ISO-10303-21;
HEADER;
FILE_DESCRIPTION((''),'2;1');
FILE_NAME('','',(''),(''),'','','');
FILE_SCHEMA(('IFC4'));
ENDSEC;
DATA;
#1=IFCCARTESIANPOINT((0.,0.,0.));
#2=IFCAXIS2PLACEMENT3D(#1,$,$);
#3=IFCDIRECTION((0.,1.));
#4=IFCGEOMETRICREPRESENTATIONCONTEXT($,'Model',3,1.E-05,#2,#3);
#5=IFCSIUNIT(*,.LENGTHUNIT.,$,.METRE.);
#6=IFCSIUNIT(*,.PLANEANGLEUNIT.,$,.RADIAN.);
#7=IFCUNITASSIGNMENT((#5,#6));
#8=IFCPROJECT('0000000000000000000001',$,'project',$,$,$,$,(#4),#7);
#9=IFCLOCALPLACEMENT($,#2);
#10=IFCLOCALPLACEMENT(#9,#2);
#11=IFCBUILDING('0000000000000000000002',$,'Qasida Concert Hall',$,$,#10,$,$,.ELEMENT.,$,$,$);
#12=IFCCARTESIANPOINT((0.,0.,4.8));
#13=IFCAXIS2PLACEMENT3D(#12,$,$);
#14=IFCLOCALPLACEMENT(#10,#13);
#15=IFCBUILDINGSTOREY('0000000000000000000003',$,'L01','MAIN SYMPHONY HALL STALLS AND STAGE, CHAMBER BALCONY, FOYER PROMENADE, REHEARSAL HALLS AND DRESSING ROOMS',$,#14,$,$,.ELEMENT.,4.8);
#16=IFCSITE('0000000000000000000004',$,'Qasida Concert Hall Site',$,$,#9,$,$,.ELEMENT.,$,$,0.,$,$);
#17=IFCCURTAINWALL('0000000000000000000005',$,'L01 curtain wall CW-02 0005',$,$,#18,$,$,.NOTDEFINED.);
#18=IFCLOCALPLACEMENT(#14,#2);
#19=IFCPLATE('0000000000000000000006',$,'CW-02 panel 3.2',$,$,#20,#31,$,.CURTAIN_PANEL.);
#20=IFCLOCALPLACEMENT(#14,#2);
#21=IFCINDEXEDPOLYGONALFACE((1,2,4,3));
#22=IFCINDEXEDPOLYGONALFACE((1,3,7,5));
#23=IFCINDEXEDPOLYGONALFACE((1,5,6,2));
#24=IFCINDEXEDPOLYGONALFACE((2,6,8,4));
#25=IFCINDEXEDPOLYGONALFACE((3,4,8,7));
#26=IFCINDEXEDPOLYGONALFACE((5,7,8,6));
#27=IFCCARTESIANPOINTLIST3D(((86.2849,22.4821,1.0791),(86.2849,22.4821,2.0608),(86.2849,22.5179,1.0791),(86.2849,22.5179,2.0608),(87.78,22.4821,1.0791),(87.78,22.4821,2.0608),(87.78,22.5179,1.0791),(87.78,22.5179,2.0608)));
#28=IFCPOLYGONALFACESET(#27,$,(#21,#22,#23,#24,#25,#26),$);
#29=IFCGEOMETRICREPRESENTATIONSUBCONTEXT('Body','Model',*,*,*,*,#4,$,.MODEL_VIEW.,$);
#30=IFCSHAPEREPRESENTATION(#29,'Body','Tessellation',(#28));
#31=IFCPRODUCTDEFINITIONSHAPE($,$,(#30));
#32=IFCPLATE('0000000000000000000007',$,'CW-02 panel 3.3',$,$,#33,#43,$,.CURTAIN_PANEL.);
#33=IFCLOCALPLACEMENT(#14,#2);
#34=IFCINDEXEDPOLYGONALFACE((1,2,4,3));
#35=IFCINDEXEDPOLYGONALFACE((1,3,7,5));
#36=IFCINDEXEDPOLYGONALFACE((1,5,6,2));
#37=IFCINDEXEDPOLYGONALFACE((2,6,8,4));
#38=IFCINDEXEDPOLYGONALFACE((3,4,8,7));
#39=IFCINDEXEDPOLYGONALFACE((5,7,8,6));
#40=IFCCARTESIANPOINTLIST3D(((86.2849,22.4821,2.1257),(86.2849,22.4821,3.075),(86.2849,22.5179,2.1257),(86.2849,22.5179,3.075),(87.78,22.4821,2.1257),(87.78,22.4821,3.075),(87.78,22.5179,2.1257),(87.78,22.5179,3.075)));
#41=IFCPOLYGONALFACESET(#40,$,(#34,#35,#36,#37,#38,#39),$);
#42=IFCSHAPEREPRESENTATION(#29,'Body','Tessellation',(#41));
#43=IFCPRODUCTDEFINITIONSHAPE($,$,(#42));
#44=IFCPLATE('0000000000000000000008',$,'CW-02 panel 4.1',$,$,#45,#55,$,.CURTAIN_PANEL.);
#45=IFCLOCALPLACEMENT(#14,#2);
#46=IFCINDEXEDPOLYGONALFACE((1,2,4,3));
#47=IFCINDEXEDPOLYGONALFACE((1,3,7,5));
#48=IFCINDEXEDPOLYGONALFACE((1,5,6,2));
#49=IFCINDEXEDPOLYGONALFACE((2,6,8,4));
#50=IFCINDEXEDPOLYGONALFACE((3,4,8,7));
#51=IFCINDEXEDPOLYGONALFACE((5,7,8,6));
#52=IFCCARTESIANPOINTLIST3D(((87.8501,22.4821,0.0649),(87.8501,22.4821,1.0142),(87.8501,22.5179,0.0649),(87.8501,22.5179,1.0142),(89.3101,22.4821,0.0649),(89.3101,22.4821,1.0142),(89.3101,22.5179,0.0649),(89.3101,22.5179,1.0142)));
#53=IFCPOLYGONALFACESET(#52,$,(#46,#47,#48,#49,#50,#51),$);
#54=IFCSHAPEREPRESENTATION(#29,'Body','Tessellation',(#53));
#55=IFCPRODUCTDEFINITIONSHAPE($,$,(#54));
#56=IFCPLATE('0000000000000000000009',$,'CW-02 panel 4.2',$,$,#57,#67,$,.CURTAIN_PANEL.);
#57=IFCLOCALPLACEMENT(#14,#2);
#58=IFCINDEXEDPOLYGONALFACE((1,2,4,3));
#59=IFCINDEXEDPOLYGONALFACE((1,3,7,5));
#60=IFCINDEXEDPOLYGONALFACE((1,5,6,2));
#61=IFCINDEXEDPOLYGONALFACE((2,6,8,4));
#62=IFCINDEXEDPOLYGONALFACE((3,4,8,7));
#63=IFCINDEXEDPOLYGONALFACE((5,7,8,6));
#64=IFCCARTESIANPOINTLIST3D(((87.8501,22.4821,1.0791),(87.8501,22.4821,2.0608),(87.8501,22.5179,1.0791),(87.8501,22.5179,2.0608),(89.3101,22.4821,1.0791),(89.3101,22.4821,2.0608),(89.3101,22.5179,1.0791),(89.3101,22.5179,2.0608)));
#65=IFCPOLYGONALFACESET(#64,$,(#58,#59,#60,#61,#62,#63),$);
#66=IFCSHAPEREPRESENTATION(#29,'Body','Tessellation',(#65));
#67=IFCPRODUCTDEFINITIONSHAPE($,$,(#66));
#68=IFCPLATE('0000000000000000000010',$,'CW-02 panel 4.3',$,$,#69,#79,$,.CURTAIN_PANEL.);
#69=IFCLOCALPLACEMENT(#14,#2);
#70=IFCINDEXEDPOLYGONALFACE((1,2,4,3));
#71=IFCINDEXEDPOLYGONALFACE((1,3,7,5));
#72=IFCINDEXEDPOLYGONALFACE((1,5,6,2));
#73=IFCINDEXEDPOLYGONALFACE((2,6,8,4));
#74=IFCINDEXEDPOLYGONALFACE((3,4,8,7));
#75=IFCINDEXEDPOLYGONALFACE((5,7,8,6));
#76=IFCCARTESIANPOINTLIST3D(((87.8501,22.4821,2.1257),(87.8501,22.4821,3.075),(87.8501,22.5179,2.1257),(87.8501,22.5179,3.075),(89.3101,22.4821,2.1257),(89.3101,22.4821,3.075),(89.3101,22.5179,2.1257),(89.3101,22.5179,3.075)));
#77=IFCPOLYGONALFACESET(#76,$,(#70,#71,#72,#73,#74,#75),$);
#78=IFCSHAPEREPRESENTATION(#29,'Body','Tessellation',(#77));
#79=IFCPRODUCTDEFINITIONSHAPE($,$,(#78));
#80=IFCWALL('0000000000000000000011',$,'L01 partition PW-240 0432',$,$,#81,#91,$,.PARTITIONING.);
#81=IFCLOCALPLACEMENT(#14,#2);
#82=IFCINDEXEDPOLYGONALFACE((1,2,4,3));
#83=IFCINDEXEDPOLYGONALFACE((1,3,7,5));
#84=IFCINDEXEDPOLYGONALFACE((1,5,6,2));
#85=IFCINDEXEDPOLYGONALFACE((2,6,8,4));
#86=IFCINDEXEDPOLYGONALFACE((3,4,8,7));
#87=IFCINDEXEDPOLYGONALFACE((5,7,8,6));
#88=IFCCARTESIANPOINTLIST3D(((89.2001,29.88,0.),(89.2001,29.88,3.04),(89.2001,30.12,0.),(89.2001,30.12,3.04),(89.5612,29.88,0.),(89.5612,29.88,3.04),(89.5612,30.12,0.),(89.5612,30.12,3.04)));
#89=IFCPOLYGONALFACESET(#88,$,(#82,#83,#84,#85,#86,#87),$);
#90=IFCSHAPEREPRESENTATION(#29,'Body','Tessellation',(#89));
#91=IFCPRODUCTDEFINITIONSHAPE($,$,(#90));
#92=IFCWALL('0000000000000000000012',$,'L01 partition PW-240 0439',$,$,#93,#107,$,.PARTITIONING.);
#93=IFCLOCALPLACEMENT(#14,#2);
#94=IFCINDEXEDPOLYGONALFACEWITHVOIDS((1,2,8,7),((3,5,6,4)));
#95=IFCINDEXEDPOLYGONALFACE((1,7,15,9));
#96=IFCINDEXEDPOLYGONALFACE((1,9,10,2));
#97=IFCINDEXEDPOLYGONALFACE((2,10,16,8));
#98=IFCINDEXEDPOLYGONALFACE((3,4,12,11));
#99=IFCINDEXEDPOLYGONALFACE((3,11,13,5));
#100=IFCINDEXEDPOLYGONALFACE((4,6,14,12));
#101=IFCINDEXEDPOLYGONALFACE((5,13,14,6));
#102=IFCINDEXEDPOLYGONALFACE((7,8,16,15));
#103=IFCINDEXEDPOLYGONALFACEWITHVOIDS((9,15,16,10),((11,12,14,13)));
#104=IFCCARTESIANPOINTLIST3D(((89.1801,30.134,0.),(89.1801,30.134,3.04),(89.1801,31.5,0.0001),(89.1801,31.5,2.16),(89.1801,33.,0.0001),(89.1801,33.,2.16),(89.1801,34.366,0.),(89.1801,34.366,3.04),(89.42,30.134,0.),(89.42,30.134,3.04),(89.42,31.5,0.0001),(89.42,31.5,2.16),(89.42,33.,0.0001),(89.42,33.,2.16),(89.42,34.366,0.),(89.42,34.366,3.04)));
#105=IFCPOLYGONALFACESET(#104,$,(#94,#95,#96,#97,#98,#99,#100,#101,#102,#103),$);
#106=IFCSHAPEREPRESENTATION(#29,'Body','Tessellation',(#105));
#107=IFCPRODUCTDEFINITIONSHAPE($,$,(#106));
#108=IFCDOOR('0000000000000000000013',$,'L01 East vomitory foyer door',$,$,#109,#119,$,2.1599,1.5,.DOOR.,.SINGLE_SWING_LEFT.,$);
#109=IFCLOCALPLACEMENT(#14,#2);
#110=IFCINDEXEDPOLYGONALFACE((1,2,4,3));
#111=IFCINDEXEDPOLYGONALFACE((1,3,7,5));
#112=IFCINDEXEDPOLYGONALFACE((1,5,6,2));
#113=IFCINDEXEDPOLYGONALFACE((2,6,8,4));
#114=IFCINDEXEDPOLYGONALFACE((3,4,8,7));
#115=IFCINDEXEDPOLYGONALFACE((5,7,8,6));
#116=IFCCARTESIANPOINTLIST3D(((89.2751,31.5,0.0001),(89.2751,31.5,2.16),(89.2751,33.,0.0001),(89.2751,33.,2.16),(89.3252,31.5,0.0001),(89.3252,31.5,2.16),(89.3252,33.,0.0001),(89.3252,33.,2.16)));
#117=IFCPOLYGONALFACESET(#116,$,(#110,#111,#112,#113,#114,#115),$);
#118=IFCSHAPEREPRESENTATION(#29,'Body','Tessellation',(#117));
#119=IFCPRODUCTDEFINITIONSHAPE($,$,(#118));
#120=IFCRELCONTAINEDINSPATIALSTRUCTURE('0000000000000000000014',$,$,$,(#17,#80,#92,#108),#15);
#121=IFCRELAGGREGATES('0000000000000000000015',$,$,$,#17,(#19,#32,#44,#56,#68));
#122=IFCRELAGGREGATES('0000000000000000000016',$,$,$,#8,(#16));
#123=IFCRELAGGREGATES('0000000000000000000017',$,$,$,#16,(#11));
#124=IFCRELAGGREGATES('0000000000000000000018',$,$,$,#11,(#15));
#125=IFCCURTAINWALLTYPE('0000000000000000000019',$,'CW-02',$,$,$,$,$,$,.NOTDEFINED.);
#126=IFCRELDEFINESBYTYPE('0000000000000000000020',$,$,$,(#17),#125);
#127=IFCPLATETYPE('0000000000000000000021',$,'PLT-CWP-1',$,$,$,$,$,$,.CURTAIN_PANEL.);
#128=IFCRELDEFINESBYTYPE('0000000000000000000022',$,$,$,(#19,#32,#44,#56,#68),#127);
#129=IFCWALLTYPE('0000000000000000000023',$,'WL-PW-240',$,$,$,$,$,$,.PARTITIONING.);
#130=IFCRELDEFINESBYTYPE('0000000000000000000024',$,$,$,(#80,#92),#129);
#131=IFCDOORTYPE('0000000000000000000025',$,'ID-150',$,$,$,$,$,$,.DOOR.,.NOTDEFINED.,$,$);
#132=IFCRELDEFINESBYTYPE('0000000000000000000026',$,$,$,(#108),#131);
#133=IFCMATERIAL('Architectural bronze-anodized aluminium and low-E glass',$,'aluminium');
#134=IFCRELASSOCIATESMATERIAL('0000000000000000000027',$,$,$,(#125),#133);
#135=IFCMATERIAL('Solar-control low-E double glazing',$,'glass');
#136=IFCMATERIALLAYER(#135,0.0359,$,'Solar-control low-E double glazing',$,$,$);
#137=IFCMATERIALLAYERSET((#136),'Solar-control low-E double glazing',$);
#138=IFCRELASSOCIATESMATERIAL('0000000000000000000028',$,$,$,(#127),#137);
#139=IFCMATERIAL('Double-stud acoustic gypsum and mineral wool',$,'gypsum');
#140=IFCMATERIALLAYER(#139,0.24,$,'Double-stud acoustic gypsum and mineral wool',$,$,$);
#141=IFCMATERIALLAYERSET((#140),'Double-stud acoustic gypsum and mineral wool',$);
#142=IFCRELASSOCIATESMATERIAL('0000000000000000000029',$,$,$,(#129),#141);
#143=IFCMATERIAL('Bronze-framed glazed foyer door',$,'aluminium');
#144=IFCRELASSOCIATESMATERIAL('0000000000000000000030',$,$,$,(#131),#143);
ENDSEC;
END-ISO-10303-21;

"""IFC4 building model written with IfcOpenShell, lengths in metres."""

from ifc_helpers import new_model, si_unit, direction, frame, frame_2d, origin, origin_2d, place, context, subcontext, project, spatial, rectangle, extrude, material, layer, layer_set, type_object, element, fill, aggregate, save


model = new_model("IFC4")

# Units and contexts
model_context = context("Model", 3, precision=1e-05, world=origin(), true_north=direction((0.0, 1.0)))
body_context = subcontext(model_context, "Body", "Model", "MODEL_VIEW")
ifc_project = project(units=[si_unit("LENGTHUNIT", "METRE"), si_unit("PLANEANGLEUNIT", "RADIAN")], contexts=[model_context])

# Site, building, storey
site_placement = place(None, origin())
site = spatial("IfcSite", under=ifc_project, at=site_placement, Name="Qasida Concert Hall Site", CompositionType="ELEMENT", RefElevation=0.0)
building_placement = place(site_placement, origin())
building = spatial("IfcBuilding", under=site, at=building_placement, Name="Qasida Concert Hall", CompositionType="ELEMENT")
storey_placement = place(building_placement, frame((0.0, 0.0, 4.8)))
storey = spatial("IfcBuildingStorey", under=building, at=storey_placement, Name="L01", Description="MAIN SYMPHONY HALL STALLS AND STAGE, CHAMBER BALCONY, FOYER PROMENADE, REHEARSAL HALLS AND DRESSING ROOMS", CompositionType="ELEMENT", Elevation=4.8)

# Curtain wall, plates
ifc_material_1 = material(Name="Architectural bronze-anodized aluminium and low-E glass", Category="aluminium")
curtain_wall_type = type_object("IfcCurtainWallType", Name="CW-02", PredefinedType="NOTDEFINED", material=ifc_material_1)
curtain_wall_placement = place(storey_placement, origin())
curtain_wall = element("IfcCurtainWall", 1, at=curtain_wall_placement, inside=storey, type_object=curtain_wall_type, Name="L01 curtain wall CW-02 0005", PredefinedType="NOTDEFINED")
ifc_material_2 = material(Name="Solar-control low-E double glazing", Category="glass")
ifc_layer_1 = layer(ifc_material_2, 0.0359, Name="Solar-control low-E double glazing")
ifc_layer_set_1 = layer_set([ifc_layer_1], Name="Solar-control low-E double glazing")
plate_type = type_object("IfcPlateType", Name="PLT-CWP-1", PredefinedType="CURTAIN_PANEL", material=ifc_layer_set_1)
plate_1_placement = place(storey_placement, frame((87.0325, 22.5, 1.0791), z_axis=(0.0, 0.0, 1.0), x_axis=(1.0, 0.0, 0.0)))
plate_1 = element("IfcPlate", 2, at=plate_1_placement, type_object=plate_type, Name="CW-02 panel 3.2", PredefinedType="CURTAIN_PANEL", context=body_context, shape_type="SweptSolid", body=[
    extrude(rectangle(XDim=1.4951, YDim=0.0359, at=origin_2d()), origin(), (0.0, 0.0, 1.0), 0.9817),
])
plate_2_placement = place(storey_placement, frame((87.0325, 22.5, 2.1257), z_axis=(0.0, 0.0, 1.0), x_axis=(1.0, 0.0, 0.0)))
plate_2 = element("IfcPlate", 3, at=plate_2_placement, type_object=plate_type, Name="CW-02 panel 3.3", PredefinedType="CURTAIN_PANEL", context=body_context, shape_type="SweptSolid", body=[
    extrude(rectangle(XDim=1.4951, YDim=0.0359, at=origin_2d()), origin(), (0.0, 0.0, 1.0), 0.9492),
])
plate_3_placement = place(storey_placement, frame((88.5801, 22.5, 0.0649), z_axis=(0.0, 0.0, 1.0), x_axis=(1.0, 0.0, 0.0)))
plate_3 = element("IfcPlate", 4, at=plate_3_placement, type_object=plate_type, Name="CW-02 panel 4.1", PredefinedType="CURTAIN_PANEL", context=body_context, shape_type="SweptSolid", body=[
    extrude(rectangle(XDim=1.46, YDim=0.0359, at=origin_2d()), origin(), (0.0, 0.0, 1.0), 0.9492),
])
plate_4_placement = place(storey_placement, frame((88.5801, 22.5, 1.0791), z_axis=(0.0, 0.0, 1.0), x_axis=(1.0, 0.0, 0.0)))
plate_4 = element("IfcPlate", 5, at=plate_4_placement, type_object=plate_type, Name="CW-02 panel 4.2", PredefinedType="CURTAIN_PANEL", context=body_context, shape_type="SweptSolid", body=[
    extrude(rectangle(XDim=1.46, YDim=0.0359, at=origin_2d()), origin(), (0.0, 0.0, 1.0), 0.9817),
])
plate_5_placement = place(storey_placement, frame((88.5801, 22.5, 2.1257), z_axis=(0.0, 0.0, 1.0), x_axis=(1.0, 0.0, 0.0)))
plate_5 = element("IfcPlate", 6, at=plate_5_placement, type_object=plate_type, Name="CW-02 panel 4.3", PredefinedType="CURTAIN_PANEL", context=body_context, shape_type="SweptSolid", body=[
    extrude(rectangle(XDim=1.46, YDim=0.0359, at=origin_2d()), origin(), (0.0, 0.0, 1.0), 0.9492),
])
aggregate(curtain_wall, [plate_1, plate_2, plate_3, plate_4, plate_5])

# Wall
ifc_material_3 = material(Name="Double-stud acoustic gypsum and mineral wool", Category="gypsum")
ifc_layer_2 = layer(ifc_material_3, 0.24, Name="Double-stud acoustic gypsum and mineral wool")
ifc_layer_set_2 = layer_set([ifc_layer_2], Name="Double-stud acoustic gypsum and mineral wool")
wall_type = type_object("IfcWallType", Name="WL-PW-240", PredefinedType="PARTITIONING", material=ifc_layer_set_2)
wall_1_placement = place(storey_placement, frame((89.2, 30.0, 0.0), z_axis=(0.0, 0.0, 1.0), x_axis=(1.0, 0.0, 0.0)))
element("IfcWall", 7, at=wall_1_placement, inside=storey, type_object=wall_type, Name="L01 partition PW-240 0432", PredefinedType="PARTITIONING", context=body_context, shape_type="SweptSolid", body=[
    extrude(rectangle(XDim=0.3611, YDim=0.24, at=frame_2d((0.1807, 0.0))), origin(), (0.0, 0.0, 1.0), 3.04),
])

# Wall, opening, door
wall_2_placement = place(storey_placement, frame((89.3, 30.134, 0.0), z_axis=(0.0, 0.0, 1.0), x_axis=(0.0, 1.0, 0.0)))
wall_2 = element("IfcWall", 8, at=wall_2_placement, inside=storey, type_object=wall_type, Name="L01 partition PW-240 0439", PredefinedType="PARTITIONING", context=body_context, shape_type="SweptSolid", body=[
    extrude(rectangle(XDim=4.2319, YDim=0.24, at=frame_2d((2.116, 0.0))), origin(), (0.0, 0.0, 1.0), 3.04),
])
opening_placement = place(wall_2_placement, frame((1.366, 0.0, 0.0)))
opening = element("IfcOpeningElement", 9, at=opening_placement, cuts=wall_2, PredefinedType="OPENING", context=body_context, shape_type="SweptSolid", body=[
    extrude(rectangle(XDim=1.5, YDim=2.1599, at=frame_2d((0.75, 1.0801))), frame((0.0, 0.1299, 0.0), z_axis=(0.0, -1.0, 0.0), x_axis=(1.0, 0.0, 0.0)), (0.0, 0.0, 1.0), 0.26),
])
ifc_material_4 = material(Name="Bronze-framed glazed foyer door", Category="aluminium")
door_type = type_object("IfcDoorType", Name="ID-150", OperationType="NOTDEFINED", PredefinedType="DOOR", material=ifc_material_4)
door_placement = place(opening_placement, origin())
door = element("IfcDoor", 10, at=door_placement, inside=storey, type_object=door_type, Name="L01 East vomitory foyer door", OperationType="SINGLE_SWING_LEFT", OverallHeight=2.1599, OverallWidth=1.5, PredefinedType="DOOR", context=body_context, shape_type="SweptSolid", body=[
    extrude(rectangle(XDim=1.5, YDim=2.1599, at=frame_2d((0.75, 1.0801))), frame((0.0, 0.0249, 0.0), z_axis=(0.0, -1.0, 0.0), x_axis=(1.0, 0.0, 0.0)), (0.0, 0.0, 1.0), 0.05),
])
fill(opening, door)

save(model, "model.ifc")
